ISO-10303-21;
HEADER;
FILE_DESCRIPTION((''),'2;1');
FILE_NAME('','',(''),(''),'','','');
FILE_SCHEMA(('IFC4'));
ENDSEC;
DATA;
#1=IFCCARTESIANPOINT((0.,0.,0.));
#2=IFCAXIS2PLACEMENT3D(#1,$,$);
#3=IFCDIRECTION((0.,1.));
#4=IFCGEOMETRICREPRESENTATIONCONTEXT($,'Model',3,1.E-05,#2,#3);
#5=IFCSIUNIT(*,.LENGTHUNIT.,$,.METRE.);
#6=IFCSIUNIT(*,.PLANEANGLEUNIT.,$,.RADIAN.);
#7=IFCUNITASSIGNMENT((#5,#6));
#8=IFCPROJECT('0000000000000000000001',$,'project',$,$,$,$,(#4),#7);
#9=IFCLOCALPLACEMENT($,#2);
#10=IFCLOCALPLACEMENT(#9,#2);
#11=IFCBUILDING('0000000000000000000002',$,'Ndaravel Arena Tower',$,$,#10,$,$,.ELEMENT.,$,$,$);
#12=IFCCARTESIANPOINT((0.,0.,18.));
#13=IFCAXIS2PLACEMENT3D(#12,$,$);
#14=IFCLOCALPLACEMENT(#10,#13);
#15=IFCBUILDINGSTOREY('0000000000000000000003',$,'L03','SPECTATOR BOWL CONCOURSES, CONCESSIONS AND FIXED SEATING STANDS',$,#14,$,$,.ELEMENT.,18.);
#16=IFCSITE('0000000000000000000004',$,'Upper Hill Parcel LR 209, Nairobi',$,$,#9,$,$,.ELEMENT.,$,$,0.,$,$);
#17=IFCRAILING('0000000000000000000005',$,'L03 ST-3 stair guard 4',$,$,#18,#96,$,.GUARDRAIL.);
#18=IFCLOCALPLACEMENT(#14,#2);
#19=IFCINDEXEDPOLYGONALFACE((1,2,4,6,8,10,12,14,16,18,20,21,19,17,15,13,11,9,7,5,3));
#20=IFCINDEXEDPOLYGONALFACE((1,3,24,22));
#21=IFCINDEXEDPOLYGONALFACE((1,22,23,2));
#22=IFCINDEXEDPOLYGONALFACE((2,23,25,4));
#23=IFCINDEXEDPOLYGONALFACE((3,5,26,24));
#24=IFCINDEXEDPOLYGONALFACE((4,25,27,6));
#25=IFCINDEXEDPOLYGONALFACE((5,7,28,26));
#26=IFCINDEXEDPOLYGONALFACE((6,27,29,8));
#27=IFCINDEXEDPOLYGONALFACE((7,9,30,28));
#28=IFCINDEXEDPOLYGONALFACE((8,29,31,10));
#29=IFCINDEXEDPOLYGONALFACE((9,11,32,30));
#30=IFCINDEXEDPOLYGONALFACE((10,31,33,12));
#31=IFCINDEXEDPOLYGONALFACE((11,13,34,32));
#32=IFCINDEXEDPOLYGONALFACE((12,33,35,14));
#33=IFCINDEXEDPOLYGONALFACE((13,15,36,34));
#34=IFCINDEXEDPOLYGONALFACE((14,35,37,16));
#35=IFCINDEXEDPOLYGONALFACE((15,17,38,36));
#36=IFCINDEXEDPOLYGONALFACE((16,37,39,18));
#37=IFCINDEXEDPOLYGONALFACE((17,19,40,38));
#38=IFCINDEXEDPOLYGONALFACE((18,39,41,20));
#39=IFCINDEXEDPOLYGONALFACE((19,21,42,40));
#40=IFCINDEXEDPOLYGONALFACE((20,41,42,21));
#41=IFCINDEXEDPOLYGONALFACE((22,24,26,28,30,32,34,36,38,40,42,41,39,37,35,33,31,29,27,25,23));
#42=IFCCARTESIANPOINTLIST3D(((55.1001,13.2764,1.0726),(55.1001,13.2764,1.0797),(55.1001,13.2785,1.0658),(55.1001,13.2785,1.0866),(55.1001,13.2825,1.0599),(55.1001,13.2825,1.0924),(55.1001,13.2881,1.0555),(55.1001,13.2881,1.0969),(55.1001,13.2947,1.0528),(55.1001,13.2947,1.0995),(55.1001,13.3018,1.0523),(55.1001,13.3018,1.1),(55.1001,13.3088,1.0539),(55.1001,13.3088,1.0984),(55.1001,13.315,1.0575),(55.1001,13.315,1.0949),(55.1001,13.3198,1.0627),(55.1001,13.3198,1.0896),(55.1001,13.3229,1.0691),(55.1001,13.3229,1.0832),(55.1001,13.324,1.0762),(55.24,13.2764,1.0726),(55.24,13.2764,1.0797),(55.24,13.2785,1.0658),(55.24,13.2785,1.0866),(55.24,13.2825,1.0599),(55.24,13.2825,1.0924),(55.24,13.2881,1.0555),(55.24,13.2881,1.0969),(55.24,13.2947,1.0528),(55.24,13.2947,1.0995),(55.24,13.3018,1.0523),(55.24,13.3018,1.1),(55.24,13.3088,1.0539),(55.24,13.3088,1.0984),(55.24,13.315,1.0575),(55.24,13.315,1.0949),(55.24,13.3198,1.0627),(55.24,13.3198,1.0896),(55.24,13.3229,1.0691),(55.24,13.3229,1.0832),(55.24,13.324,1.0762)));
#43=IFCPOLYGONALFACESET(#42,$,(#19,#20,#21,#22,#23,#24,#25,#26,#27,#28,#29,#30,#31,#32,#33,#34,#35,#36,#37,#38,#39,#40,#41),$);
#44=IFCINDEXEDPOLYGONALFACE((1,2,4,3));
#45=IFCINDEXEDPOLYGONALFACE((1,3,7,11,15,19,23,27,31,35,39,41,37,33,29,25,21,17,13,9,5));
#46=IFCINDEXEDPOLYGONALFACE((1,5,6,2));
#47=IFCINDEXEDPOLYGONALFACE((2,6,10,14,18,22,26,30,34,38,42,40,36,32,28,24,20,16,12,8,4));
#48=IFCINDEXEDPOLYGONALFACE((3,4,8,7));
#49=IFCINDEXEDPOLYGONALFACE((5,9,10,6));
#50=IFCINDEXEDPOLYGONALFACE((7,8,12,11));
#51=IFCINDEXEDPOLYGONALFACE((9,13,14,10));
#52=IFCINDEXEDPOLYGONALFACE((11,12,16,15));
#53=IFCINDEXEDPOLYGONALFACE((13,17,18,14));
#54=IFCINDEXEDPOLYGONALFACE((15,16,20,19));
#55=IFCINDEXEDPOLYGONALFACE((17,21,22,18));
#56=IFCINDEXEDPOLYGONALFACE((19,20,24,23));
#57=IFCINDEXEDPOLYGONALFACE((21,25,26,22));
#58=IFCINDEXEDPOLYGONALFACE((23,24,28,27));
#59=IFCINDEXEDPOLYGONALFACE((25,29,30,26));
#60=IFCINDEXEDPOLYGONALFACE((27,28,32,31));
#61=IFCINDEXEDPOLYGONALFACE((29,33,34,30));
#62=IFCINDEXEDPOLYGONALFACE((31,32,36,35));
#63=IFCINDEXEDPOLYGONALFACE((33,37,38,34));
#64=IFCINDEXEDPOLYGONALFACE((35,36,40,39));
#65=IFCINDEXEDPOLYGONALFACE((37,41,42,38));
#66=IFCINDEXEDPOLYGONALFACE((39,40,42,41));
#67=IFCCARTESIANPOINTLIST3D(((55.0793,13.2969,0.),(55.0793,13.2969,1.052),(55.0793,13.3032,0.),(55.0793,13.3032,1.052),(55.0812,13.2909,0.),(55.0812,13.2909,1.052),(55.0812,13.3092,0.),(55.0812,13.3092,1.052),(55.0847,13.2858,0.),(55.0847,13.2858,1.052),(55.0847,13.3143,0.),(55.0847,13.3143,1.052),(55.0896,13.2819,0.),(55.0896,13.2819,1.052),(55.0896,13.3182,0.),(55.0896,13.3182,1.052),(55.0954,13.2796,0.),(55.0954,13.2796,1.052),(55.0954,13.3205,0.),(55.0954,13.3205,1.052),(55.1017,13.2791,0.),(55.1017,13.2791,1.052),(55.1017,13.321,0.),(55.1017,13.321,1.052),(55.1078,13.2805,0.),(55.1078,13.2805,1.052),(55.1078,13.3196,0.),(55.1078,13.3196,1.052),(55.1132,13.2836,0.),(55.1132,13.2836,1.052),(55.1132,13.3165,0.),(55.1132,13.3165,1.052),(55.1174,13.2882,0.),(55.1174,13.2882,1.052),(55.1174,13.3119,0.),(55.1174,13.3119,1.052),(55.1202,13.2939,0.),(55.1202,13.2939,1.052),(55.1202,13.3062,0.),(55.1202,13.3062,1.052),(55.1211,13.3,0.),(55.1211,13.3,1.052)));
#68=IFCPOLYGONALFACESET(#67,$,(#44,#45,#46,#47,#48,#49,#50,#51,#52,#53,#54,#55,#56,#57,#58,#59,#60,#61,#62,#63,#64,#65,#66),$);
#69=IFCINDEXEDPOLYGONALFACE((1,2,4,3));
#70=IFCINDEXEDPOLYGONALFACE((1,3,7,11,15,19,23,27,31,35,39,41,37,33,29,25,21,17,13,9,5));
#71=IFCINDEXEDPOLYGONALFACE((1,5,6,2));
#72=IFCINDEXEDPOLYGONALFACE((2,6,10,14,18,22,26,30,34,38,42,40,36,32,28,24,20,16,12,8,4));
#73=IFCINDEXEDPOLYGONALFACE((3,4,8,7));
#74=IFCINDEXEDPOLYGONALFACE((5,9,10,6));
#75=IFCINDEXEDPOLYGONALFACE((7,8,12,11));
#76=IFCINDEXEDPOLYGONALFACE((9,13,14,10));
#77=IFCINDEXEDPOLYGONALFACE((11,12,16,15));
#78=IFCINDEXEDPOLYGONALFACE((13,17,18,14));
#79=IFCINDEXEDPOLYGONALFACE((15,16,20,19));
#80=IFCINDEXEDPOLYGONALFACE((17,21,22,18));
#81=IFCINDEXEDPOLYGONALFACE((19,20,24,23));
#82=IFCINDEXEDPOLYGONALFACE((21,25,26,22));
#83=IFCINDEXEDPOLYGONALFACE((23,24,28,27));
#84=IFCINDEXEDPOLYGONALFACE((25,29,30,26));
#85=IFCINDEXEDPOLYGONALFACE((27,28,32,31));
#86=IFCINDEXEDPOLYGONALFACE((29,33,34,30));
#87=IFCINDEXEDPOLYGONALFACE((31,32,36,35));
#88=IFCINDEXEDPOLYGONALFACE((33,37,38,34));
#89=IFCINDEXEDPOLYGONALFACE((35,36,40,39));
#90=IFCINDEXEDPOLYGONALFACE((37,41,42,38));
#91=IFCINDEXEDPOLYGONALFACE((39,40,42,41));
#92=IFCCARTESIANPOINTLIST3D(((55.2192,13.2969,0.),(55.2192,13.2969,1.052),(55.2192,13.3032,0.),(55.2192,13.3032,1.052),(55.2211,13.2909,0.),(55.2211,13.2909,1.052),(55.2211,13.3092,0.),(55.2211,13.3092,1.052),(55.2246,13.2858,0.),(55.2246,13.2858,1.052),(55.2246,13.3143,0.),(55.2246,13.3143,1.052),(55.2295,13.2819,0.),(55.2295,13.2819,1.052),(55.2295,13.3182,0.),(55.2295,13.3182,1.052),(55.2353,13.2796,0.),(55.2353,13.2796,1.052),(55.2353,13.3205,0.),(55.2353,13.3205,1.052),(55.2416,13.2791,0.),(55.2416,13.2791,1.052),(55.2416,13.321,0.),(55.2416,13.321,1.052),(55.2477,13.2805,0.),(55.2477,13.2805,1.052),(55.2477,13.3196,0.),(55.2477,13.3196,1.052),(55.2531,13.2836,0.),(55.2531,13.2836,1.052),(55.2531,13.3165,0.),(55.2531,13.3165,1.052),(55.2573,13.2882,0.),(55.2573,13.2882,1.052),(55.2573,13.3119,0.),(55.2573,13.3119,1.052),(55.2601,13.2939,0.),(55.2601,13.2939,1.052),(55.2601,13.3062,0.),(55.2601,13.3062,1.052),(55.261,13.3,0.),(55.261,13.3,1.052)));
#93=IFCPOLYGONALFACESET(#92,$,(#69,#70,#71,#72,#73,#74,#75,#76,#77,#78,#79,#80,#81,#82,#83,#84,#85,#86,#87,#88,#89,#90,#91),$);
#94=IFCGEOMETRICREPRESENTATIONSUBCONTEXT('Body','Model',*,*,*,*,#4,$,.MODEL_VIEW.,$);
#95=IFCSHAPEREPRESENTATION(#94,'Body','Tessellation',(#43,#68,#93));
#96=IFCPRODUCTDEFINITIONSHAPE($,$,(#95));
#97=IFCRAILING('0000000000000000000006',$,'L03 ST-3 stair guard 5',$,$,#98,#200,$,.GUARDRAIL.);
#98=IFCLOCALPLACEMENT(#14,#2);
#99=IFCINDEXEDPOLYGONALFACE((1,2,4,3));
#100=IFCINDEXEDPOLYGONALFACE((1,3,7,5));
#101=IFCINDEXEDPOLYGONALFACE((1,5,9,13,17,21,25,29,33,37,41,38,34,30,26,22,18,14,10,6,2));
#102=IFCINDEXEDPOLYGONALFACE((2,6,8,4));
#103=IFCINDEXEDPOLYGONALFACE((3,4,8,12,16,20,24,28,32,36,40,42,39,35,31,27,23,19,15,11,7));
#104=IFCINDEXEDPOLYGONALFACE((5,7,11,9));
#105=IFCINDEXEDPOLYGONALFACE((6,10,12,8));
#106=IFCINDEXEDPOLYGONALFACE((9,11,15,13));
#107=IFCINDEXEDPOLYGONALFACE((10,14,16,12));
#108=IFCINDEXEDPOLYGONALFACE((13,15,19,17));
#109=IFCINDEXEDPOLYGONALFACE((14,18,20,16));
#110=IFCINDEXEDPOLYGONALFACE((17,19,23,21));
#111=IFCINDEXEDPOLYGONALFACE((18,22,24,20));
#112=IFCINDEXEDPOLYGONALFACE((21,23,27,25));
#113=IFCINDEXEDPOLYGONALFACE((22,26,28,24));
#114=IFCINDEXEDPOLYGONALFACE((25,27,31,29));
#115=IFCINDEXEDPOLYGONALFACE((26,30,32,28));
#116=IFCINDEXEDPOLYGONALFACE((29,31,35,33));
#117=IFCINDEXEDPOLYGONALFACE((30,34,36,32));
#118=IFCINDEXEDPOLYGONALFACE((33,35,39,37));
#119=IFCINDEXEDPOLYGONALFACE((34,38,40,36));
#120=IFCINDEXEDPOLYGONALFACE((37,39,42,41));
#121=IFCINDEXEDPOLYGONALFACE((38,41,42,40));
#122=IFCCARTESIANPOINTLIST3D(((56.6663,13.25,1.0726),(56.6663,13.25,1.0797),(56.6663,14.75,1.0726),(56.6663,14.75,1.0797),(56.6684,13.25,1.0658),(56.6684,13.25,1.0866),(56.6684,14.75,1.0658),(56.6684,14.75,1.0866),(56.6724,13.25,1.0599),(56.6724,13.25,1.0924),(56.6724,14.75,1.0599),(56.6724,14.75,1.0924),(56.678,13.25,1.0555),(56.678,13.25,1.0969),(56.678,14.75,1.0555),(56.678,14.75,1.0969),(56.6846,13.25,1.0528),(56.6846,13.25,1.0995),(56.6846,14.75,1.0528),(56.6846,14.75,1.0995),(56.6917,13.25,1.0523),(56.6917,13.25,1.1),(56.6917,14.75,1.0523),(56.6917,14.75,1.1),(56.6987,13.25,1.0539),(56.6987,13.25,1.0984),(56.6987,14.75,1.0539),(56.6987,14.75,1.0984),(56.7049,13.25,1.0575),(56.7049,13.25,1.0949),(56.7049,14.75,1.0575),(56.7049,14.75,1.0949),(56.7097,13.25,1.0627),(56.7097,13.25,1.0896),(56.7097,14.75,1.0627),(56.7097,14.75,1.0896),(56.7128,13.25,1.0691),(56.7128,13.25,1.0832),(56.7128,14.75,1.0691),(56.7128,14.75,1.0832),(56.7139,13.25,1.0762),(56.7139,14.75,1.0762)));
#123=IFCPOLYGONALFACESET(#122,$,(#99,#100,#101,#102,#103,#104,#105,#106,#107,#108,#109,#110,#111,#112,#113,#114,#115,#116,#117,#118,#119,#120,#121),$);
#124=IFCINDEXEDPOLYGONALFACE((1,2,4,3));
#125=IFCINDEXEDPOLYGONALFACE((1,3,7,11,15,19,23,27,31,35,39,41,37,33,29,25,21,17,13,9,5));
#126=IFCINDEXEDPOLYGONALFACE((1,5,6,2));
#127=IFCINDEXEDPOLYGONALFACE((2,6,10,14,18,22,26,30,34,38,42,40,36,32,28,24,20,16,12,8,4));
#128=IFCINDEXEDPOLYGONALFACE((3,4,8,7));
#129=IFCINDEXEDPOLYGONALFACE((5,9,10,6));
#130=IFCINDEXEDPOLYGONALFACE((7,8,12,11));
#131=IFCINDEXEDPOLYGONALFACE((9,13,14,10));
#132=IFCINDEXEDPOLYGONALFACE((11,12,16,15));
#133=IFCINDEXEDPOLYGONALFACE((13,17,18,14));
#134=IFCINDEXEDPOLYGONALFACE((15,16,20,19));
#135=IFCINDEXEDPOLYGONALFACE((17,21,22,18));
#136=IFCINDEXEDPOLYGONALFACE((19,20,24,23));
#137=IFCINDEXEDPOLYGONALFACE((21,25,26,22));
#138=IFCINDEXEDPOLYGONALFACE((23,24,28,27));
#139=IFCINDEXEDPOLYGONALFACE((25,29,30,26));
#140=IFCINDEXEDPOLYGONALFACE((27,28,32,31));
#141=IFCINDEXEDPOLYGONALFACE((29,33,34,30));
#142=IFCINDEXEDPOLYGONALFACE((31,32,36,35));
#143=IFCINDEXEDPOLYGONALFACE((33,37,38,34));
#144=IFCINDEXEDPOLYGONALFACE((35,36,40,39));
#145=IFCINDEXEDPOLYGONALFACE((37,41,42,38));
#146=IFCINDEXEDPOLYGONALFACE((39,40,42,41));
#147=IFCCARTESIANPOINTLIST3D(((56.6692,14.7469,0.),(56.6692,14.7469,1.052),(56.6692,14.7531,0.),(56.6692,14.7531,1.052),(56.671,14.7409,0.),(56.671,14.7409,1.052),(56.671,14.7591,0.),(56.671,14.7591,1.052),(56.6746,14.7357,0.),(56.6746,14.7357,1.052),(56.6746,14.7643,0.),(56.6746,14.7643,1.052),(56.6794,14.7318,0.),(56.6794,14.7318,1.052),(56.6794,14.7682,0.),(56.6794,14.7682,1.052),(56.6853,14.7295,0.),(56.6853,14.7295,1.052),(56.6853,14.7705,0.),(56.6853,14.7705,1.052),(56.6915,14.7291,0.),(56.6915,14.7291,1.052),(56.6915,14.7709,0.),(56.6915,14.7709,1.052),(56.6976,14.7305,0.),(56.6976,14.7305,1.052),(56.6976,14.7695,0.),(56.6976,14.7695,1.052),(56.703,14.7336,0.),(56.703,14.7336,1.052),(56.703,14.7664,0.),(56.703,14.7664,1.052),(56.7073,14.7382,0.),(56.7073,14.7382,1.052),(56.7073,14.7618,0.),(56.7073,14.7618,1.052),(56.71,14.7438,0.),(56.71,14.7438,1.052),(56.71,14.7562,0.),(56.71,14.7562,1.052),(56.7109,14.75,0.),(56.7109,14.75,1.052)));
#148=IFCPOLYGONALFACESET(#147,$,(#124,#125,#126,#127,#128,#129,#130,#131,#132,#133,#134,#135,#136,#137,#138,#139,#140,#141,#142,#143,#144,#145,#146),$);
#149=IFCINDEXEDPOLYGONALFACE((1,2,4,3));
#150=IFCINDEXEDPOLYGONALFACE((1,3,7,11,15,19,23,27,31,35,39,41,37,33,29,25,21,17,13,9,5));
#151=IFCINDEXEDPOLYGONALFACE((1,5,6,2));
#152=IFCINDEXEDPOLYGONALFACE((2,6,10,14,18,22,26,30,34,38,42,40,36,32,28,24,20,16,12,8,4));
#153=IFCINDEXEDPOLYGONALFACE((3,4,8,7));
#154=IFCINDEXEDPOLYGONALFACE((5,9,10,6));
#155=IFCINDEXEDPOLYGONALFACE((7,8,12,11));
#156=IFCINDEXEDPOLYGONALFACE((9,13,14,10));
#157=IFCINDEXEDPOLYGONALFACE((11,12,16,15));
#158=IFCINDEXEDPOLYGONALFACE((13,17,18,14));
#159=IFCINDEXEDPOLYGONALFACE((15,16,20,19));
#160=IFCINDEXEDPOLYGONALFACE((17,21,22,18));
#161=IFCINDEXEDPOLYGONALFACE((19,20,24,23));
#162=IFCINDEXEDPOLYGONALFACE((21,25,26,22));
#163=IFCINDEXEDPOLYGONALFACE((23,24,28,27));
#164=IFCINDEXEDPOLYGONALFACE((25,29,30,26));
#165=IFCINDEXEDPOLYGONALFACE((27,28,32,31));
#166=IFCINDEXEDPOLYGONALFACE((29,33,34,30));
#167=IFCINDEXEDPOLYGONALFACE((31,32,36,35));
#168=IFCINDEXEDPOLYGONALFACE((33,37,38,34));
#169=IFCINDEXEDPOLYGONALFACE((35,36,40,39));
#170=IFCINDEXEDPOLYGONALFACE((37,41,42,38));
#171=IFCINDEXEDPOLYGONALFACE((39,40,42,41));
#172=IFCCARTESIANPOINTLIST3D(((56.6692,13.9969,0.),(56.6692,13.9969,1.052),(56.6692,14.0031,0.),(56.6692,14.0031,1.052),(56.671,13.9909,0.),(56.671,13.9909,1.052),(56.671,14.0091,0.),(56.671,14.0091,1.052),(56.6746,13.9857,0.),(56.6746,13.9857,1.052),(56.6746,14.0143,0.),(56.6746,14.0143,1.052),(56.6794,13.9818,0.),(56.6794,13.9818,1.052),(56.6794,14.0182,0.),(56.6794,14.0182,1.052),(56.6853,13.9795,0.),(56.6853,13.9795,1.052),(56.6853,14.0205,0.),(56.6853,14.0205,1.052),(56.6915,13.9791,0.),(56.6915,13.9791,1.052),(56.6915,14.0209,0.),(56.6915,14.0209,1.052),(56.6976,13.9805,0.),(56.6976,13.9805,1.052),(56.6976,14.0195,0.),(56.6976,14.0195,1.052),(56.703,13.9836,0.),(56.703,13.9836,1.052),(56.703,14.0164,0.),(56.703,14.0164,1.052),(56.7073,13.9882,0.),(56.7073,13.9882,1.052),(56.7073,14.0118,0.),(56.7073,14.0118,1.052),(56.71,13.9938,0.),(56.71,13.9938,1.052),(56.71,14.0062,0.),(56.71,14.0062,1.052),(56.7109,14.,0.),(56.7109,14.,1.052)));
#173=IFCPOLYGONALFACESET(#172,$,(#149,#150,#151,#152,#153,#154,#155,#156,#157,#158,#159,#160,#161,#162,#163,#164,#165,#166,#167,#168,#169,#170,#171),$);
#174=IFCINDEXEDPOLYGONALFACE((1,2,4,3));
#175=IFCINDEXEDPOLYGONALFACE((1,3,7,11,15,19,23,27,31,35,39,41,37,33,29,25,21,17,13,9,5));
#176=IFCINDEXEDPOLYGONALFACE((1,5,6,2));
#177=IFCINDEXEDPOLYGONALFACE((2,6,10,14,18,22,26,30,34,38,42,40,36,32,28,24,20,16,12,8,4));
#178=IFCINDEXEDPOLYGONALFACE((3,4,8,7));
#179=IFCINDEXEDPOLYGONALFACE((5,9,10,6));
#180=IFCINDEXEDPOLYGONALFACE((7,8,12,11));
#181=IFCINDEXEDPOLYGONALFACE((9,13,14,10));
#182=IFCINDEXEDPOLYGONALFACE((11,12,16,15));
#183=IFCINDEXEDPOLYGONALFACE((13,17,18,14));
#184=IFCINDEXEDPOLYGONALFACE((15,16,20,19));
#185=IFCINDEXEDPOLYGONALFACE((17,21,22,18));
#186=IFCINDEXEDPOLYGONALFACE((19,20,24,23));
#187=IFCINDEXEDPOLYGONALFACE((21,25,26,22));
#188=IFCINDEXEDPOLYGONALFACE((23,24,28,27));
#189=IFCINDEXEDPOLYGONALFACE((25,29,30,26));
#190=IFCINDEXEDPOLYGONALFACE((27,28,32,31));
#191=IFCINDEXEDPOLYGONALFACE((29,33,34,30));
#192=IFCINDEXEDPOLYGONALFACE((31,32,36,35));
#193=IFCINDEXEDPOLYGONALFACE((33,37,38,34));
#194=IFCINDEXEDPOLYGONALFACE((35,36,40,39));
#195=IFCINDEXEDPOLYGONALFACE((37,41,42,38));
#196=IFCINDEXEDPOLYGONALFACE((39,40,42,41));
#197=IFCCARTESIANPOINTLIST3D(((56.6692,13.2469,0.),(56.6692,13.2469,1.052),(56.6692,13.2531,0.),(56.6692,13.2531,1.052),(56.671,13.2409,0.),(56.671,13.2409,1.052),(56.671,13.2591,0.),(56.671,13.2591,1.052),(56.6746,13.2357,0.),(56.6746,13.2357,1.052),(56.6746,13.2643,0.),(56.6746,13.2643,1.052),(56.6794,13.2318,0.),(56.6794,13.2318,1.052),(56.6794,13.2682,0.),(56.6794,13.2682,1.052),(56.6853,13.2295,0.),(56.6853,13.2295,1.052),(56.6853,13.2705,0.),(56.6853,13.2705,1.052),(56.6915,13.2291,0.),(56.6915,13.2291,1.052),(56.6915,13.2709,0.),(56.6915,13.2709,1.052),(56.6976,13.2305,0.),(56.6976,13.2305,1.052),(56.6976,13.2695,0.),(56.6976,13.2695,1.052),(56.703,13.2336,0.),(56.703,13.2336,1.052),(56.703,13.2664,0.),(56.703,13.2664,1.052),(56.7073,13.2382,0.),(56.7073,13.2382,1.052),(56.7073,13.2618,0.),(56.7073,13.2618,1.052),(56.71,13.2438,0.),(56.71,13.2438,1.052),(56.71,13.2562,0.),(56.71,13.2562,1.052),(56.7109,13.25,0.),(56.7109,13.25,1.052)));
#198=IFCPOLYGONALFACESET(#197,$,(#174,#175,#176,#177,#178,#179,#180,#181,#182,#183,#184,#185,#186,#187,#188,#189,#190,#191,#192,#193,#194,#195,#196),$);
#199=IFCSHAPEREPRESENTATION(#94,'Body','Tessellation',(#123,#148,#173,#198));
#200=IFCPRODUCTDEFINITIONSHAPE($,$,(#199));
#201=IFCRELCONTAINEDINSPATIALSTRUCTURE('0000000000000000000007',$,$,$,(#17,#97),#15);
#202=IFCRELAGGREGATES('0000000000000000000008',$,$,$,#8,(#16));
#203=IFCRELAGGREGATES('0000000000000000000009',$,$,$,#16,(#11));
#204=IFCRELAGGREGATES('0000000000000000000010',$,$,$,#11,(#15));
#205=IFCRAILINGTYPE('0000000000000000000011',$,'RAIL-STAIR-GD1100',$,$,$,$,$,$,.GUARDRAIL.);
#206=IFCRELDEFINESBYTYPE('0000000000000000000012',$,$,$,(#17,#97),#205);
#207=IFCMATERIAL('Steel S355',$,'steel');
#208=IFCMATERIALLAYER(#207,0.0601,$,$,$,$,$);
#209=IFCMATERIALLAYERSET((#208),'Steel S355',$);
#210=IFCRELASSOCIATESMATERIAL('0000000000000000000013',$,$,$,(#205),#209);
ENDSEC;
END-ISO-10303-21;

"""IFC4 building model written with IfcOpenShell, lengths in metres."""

from ifc_helpers import new_model, si_unit, direction, frame, origin, origin_2d, place, context, subcontext, project, spatial, circle, extrude, material, layer, layer_set, type_object, element, save


model = new_model("IFC4")

# Units and contexts
model_context = context("Model", 3, precision=1e-05, world=origin(), true_north=direction((0.0, 1.0)))
body_context = subcontext(model_context, "Body", "Model", "MODEL_VIEW")
ifc_project = project(units=[si_unit("LENGTHUNIT", "METRE"), si_unit("PLANEANGLEUNIT", "RADIAN")], contexts=[model_context])

# Site, building, storey
site_placement = place(None, origin())
site = spatial("IfcSite", under=ifc_project, at=site_placement, Name="Upper Hill Parcel LR 209, Nairobi", CompositionType="ELEMENT", RefElevation=0.0)
building_placement = place(site_placement, origin())
building = spatial("IfcBuilding", under=site, at=building_placement, Name="Ndaravel Arena Tower", CompositionType="ELEMENT")
storey_placement = place(building_placement, frame((0.0, 0.0, 18.0)))
storey = spatial("IfcBuildingStorey", under=building, at=storey_placement, Name="L03", Description="SPECTATOR BOWL CONCOURSES, CONCESSIONS AND FIXED SEATING STANDS", CompositionType="ELEMENT", Elevation=18.0)

# Railings
ifc_material_1 = material(Name="Steel S355", Category="steel")
ifc_layer_1 = layer(ifc_material_1, 0.0601)
ifc_layer_set_1 = layer_set([ifc_layer_1], Name="Steel S355")
railing_type_1 = type_object("IfcRailingType", Name="RAIL-STAIR-GD1100", PredefinedType="GUARDRAIL", material=ifc_layer_set_1)
railing_1_placement = place(storey_placement, frame((55.1001, 13.3, 0.0)))
element("IfcRailing", 1, at=railing_1_placement, inside=storey, type_object=railing_type_1, Name="L03 ST-3 stair guard 4", PredefinedType="GUARDRAIL", context=body_context, shape_type="SweptSolid", body=[
    extrude(circle(Radius=0.0239, at=origin_2d()), frame((0.0, 0.0, 1.0762), z_axis=(1.0, 0.0, 0.0), x_axis=(0.0, 1.0, 0.0)), (0.0, 0.0, 1.0), 0.1399),
    extrude(circle(Radius=0.021, at=origin_2d()), origin(), (0.0, 0.0, 1.0), 1.052),
    extrude(circle(Radius=0.021, at=origin_2d()), frame((0.1399, 0.0, 0.0)), (0.0, 0.0, 1.0), 1.052),
])
railing_2_placement = place(storey_placement, frame((56.6899, 14.75, 0.0)))
element("IfcRailing", 2, at=railing_2_placement, inside=storey, type_object=railing_type_1, Name="L03 ST-3 stair guard 5", PredefinedType="GUARDRAIL", context=body_context, shape_type="SweptSolid", body=[
    extrude(circle(Radius=0.0239, at=origin_2d()), frame((0.0, 0.0, 1.0762), z_axis=(0.0, -1.0, 0.0), x_axis=(1.0, 0.0, 0.0)), (0.0, 0.0, 1.0), 1.5),
    extrude(circle(Radius=0.021, at=origin_2d()), origin(), (0.0, 0.0, 1.0), 1.052),
    extrude(circle(Radius=0.021, at=origin_2d()), frame((0.0, -0.75, 0.0)), (0.0, 0.0, 1.0), 1.052),
    extrude(circle(Radius=0.021, at=origin_2d()), frame((0.0, -1.5, 0.0)), (0.0, 0.0, 1.0), 1.052),
])

save(model, "model.ifc")
